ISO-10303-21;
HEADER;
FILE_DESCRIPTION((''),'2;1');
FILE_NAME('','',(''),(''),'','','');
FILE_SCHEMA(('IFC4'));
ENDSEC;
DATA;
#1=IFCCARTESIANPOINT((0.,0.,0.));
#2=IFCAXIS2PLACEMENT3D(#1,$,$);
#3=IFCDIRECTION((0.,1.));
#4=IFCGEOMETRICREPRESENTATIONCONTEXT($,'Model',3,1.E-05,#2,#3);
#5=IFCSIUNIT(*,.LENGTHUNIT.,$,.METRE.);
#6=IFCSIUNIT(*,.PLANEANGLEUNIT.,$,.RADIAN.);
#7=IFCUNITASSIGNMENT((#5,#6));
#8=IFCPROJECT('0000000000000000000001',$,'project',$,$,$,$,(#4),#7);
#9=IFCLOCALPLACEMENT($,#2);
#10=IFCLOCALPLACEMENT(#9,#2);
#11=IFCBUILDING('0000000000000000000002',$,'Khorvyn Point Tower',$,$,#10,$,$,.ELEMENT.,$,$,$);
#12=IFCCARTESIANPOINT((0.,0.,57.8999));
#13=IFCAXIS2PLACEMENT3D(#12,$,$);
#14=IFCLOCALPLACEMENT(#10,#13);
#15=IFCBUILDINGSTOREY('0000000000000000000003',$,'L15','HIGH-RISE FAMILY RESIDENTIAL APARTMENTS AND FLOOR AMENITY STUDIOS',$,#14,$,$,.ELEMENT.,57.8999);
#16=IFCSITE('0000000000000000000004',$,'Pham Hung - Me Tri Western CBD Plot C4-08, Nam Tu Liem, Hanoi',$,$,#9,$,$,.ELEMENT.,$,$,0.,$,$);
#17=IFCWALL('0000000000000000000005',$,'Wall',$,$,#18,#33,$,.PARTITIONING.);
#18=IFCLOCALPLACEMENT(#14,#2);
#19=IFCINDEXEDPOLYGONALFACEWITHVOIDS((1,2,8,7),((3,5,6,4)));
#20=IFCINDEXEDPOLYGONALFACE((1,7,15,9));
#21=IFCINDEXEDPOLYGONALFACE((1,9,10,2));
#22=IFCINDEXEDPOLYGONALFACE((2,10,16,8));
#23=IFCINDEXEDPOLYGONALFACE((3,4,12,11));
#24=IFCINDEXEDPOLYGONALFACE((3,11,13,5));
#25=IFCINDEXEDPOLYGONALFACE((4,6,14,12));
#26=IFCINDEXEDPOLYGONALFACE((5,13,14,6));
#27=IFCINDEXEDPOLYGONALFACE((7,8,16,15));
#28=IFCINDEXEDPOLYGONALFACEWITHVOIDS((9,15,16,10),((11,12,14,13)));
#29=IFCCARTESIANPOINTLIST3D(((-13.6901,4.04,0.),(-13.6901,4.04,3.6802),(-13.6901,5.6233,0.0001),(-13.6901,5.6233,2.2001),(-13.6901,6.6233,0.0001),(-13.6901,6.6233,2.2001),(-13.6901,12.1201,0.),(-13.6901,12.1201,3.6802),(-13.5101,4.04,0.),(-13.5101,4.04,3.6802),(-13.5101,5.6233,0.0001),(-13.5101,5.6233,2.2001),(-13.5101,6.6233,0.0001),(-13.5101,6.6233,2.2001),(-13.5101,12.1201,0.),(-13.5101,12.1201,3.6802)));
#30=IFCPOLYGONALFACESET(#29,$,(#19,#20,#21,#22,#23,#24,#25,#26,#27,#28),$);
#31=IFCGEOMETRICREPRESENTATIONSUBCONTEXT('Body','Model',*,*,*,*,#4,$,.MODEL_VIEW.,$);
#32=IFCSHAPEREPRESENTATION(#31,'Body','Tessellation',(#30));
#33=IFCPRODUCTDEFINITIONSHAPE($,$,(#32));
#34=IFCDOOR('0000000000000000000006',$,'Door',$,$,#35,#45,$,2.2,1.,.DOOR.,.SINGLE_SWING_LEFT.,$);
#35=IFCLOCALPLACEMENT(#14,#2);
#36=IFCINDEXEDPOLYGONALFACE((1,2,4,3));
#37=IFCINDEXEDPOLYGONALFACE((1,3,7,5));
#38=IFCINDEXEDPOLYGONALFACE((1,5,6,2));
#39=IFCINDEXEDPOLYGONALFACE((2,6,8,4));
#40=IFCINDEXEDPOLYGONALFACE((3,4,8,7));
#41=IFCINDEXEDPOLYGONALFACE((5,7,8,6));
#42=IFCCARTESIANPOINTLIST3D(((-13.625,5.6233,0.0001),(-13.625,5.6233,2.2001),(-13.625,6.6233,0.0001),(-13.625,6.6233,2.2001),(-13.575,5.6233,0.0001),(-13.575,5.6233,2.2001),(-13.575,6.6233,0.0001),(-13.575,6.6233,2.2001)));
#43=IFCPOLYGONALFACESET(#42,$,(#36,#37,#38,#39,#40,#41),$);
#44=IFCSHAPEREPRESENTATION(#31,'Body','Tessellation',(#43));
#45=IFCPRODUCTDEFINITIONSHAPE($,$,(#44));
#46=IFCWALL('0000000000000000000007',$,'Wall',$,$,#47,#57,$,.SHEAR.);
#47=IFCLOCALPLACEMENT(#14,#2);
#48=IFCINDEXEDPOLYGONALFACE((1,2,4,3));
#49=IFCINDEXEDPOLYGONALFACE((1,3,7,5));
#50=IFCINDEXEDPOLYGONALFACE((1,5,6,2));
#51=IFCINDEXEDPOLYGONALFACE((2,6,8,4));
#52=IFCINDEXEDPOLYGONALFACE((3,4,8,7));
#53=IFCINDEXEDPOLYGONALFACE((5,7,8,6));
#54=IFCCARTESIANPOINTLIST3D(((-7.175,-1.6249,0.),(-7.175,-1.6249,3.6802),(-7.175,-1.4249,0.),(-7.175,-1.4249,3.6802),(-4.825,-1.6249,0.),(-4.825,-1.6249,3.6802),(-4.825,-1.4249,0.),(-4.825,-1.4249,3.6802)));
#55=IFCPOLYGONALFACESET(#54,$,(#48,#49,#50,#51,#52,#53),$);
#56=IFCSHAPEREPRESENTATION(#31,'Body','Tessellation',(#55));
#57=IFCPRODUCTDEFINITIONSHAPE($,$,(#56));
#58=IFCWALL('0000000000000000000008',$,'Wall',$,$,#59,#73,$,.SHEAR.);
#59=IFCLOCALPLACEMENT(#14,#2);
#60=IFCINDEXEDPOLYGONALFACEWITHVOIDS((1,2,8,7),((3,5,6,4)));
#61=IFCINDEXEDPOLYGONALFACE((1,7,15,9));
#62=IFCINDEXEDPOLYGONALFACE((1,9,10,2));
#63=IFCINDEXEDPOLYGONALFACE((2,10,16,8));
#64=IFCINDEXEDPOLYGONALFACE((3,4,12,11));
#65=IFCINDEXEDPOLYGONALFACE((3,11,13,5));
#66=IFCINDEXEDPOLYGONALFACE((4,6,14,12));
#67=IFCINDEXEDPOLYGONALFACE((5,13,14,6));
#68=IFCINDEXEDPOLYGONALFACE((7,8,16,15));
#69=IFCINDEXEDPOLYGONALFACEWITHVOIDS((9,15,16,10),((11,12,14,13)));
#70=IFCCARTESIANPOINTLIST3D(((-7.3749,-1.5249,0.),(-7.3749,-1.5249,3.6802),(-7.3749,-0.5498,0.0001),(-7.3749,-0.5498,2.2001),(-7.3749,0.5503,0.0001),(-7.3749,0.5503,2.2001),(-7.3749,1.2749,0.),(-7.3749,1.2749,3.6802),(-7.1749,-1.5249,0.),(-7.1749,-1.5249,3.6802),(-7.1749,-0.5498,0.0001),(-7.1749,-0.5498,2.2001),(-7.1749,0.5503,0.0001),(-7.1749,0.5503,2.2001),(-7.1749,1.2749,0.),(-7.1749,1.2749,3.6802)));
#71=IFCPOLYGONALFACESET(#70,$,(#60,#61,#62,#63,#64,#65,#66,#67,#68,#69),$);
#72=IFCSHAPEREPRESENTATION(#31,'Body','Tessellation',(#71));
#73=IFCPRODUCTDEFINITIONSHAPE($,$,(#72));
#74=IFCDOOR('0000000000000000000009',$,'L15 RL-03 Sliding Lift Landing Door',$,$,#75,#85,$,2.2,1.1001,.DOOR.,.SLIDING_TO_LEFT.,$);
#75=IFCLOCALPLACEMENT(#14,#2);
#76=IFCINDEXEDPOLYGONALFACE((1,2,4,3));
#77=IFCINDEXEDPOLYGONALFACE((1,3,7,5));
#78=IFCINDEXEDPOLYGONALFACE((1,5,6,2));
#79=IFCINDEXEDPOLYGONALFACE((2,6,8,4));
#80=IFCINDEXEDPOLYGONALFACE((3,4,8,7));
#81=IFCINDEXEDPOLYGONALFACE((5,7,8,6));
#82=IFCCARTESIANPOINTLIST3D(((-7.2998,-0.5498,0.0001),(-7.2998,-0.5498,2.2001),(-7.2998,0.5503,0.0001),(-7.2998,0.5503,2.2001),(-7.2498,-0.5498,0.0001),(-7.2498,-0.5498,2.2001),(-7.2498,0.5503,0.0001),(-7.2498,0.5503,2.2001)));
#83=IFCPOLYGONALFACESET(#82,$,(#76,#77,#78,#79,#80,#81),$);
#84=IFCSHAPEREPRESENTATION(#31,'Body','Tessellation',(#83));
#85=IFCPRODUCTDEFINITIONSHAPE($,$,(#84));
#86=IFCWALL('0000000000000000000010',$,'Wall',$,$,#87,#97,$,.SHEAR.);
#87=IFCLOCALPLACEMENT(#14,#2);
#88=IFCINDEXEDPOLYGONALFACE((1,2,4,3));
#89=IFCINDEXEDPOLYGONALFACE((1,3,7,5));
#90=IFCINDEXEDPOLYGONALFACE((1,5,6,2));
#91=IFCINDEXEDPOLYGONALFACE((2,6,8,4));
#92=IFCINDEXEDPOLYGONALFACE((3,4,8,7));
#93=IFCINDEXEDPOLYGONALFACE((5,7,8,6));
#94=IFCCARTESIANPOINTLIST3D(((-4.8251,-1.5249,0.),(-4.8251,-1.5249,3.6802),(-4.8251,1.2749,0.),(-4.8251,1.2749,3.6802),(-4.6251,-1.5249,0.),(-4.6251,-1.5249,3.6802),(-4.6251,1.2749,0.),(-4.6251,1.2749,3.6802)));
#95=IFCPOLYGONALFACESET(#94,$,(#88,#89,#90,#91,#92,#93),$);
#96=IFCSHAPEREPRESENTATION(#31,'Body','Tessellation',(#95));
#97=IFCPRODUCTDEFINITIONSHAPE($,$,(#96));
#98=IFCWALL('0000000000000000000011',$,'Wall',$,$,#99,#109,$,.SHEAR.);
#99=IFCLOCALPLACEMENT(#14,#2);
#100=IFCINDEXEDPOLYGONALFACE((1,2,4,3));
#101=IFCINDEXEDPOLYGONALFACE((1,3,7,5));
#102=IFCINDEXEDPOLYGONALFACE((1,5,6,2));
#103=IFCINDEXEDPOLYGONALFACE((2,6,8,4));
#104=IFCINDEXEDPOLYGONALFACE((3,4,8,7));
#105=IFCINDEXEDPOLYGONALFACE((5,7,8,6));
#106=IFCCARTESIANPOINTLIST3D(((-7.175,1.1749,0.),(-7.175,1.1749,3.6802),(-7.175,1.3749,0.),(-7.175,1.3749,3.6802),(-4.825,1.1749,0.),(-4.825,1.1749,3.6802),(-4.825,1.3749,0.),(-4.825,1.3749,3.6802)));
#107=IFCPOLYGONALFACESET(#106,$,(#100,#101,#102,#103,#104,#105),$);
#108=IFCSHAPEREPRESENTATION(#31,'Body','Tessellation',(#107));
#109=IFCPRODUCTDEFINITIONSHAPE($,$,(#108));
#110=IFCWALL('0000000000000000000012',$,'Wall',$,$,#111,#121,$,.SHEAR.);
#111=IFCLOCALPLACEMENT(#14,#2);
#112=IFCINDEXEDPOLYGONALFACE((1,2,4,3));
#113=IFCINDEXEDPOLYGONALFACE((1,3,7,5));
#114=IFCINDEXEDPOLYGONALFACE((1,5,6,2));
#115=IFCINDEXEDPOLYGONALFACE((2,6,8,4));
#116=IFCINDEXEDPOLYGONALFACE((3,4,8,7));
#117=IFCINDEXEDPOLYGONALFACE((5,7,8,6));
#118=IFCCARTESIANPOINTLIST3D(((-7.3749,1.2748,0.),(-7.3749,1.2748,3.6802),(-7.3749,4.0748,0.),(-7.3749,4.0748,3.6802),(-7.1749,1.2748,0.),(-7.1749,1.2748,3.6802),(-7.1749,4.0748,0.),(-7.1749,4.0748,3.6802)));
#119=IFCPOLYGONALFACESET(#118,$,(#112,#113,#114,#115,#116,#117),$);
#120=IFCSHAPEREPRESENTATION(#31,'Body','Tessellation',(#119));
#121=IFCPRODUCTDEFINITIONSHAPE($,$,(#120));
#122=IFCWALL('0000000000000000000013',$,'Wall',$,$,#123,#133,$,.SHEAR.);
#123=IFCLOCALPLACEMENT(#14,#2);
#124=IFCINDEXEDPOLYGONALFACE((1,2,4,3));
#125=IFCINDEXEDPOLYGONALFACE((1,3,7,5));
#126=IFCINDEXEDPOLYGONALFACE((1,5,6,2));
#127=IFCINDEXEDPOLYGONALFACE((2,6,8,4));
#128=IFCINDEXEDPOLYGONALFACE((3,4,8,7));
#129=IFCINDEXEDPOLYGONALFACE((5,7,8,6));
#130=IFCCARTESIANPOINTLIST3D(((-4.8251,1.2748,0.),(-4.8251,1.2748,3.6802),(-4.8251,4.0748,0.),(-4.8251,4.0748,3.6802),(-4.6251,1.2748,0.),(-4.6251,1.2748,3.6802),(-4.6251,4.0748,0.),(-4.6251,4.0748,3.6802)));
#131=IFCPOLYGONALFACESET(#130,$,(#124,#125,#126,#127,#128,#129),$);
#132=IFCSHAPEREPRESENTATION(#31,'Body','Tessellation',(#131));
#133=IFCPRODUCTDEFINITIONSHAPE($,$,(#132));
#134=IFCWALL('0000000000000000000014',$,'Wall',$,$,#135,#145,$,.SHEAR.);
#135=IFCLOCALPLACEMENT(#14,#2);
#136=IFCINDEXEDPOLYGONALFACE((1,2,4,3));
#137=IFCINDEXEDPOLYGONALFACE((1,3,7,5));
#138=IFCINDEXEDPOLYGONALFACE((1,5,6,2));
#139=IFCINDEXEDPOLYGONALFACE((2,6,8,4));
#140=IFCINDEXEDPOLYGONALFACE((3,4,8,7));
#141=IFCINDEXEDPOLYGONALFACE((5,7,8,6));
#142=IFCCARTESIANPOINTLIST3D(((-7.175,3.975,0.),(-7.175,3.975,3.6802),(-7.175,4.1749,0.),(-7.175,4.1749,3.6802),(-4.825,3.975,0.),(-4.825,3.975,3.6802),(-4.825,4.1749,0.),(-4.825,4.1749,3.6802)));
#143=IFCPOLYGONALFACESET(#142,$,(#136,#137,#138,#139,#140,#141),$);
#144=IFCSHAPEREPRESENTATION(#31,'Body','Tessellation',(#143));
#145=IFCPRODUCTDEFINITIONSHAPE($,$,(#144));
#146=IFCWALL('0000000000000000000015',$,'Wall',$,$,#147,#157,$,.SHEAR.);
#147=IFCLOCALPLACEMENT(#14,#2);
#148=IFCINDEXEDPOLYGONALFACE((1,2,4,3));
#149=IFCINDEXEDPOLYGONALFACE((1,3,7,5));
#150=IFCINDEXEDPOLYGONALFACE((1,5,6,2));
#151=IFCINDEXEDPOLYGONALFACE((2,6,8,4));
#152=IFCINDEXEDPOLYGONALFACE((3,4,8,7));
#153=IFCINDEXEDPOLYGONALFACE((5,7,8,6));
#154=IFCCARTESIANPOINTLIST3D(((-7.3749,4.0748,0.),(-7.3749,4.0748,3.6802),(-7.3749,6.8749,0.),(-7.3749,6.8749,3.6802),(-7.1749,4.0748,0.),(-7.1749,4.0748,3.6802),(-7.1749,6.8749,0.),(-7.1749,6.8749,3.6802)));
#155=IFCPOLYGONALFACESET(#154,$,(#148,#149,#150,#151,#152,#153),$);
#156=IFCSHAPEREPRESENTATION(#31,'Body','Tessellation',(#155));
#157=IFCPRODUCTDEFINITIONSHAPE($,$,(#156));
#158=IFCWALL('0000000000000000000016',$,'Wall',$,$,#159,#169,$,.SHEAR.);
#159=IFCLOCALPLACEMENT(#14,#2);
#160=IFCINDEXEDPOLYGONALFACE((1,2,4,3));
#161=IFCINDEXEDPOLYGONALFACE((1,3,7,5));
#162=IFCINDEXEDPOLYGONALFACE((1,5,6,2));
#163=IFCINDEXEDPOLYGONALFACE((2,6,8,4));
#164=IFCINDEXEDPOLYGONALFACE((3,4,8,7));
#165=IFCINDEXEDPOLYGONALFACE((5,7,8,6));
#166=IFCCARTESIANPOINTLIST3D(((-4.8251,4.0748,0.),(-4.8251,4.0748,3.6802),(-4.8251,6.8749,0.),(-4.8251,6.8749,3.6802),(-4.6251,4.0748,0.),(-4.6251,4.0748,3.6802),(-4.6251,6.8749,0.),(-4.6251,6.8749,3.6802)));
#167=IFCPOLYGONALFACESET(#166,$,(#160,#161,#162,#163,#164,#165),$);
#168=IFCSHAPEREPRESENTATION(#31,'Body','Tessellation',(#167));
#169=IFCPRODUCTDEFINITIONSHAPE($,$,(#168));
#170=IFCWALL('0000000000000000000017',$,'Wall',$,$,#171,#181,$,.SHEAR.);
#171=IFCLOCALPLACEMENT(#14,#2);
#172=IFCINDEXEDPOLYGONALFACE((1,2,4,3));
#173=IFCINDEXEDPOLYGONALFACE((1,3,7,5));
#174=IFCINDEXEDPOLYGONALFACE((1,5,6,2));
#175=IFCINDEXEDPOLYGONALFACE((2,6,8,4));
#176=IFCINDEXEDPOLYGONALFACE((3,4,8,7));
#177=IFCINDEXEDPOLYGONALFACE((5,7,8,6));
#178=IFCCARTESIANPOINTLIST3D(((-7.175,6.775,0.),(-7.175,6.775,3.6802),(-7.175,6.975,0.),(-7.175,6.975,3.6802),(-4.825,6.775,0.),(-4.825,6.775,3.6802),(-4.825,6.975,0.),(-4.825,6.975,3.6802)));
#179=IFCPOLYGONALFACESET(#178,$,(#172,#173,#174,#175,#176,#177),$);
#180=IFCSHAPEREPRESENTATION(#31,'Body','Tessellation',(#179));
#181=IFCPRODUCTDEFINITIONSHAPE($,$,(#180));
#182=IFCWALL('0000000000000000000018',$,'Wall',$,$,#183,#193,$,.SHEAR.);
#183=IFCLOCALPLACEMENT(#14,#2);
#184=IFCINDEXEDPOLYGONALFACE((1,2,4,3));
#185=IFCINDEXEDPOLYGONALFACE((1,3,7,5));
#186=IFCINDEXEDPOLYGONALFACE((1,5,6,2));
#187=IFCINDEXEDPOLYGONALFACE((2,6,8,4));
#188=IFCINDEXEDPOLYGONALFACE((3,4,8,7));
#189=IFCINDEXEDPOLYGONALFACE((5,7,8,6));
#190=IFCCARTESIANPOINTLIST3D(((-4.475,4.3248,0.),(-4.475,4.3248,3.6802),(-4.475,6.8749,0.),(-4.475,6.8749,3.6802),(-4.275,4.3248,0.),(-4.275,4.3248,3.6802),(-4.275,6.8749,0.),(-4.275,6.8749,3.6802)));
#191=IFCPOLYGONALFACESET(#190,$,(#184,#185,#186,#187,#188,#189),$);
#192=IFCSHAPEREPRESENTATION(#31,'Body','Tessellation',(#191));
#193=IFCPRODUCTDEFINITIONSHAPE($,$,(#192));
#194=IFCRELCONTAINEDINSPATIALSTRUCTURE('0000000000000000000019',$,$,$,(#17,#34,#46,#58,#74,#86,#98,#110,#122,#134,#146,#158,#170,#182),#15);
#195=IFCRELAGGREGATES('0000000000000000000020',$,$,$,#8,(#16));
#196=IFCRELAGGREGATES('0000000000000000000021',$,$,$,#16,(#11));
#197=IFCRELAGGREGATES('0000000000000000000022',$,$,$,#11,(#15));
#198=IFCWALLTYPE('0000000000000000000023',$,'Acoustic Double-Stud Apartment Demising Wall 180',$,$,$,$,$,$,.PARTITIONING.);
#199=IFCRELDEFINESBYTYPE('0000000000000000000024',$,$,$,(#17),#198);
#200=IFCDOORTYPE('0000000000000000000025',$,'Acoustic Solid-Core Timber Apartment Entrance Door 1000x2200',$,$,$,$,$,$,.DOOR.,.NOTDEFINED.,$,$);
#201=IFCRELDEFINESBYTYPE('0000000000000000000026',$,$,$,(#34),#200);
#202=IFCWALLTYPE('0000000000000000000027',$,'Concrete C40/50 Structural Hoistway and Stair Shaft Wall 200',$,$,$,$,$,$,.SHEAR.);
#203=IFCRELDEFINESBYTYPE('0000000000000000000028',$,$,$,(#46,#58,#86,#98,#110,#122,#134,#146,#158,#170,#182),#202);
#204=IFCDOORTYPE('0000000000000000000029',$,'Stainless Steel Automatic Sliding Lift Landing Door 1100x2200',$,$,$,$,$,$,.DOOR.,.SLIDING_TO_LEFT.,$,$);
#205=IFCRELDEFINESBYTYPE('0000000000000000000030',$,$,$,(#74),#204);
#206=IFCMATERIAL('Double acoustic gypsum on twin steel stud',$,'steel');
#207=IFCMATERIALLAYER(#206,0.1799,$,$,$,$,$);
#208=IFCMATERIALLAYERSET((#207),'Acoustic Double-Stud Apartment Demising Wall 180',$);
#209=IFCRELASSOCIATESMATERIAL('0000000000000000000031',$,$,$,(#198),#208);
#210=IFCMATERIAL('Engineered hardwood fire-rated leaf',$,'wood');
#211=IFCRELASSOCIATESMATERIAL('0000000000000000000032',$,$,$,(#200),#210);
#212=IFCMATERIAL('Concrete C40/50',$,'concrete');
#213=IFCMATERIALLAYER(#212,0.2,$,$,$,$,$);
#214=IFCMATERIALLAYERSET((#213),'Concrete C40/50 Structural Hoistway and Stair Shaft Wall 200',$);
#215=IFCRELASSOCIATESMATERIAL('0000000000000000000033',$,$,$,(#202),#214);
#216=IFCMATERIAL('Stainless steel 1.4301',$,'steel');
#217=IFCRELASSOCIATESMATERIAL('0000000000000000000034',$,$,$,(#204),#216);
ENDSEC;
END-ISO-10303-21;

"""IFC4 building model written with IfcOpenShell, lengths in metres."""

from ifc_helpers import new_model, si_unit, direction, frame, frame_2d, origin, place, context, subcontext, project, spatial, rectangle, extrude, material, layer, layer_set, type_object, element, fill, save


model = new_model("IFC4")

# Units and contexts
model_context = context("Model", 3, precision=1e-05, world=origin(), true_north=direction((0.0, 1.0)))
body_context = subcontext(model_context, "Body", "Model", "MODEL_VIEW")
ifc_project = project(units=[si_unit("LENGTHUNIT", "METRE"), si_unit("PLANEANGLEUNIT", "RADIAN")], contexts=[model_context])

# Site, building, storey
site_placement = place(None, origin())
site = spatial("IfcSite", under=ifc_project, at=site_placement, Name="Pham Hung - Me Tri Western CBD Plot C4-08, Nam Tu Liem, Hanoi", CompositionType="ELEMENT", RefElevation=0.0)
building_placement = place(site_placement, origin())
building = spatial("IfcBuilding", under=site, at=building_placement, Name="Khorvyn Point Tower", CompositionType="ELEMENT")
storey_placement = place(building_placement, frame((0.0, 0.0, 57.8999)))
storey = spatial("IfcBuildingStorey", under=building, at=storey_placement, Name="L15", Description="HIGH-RISE FAMILY RESIDENTIAL APARTMENTS AND FLOOR AMENITY STUDIOS", CompositionType="ELEMENT", Elevation=57.8999)

# Shared definitions
ifc_material_1 = material(Name="Concrete C40/50", Category="concrete")

# Wall, opening, door
ifc_material_2 = material(Name="Double acoustic gypsum on twin steel stud", Category="steel")
ifc_layer_1 = layer(ifc_material_2, 0.1799)
ifc_layer_set_1 = layer_set([ifc_layer_1], Name="Acoustic Double-Stud Apartment Demising Wall 180")
wall_type_1 = type_object("IfcWallType", Name="Acoustic Double-Stud Apartment Demising Wall 180", PredefinedType="PARTITIONING", material=ifc_layer_set_1)
ifc_material_3 = material(Name="Engineered hardwood fire-rated leaf", Category="wood")
door_type_1 = type_object("IfcDoorType", Name="Acoustic Solid-Core Timber Apartment Entrance Door 1000x2200", OperationType="NOTDEFINED", PredefinedType="DOOR", material=ifc_material_3)
wall_1_placement = place(storey_placement, frame((-13.6001, 4.04, 0.0), z_axis=(0.0, 0.0, 1.0), x_axis=(0.0, 1.0, 0.0)))
wall_1 = element("IfcWall", 1, at=wall_1_placement, inside=storey, type_object=wall_type_1, Name="Wall", PredefinedType="PARTITIONING", context=body_context, shape_type="SweptSolid", body=[
    extrude(rectangle(XDim=8.0801, YDim=0.1799, at=frame_2d((4.04, 0.0))), origin(), (0.0, 0.0, 1.0), 3.6802),
])
opening_1_placement = place(wall_1_placement, frame((1.5833, 0.0, 0.0)))
opening_1 = element("IfcOpeningElement", 2, at=opening_1_placement, cuts=wall_1, PredefinedType="OPENING", context=body_context, shape_type="SweptSolid", body=[
    extrude(rectangle(XDim=1.0, YDim=2.2, at=frame_2d((0.5, 1.1001))), frame((0.0, 0.0999, 0.0), z_axis=(0.0, -1.0, 0.0), x_axis=(1.0, 0.0, 0.0)), (0.0, 0.0, 1.0), 0.2),
])
door_1_placement = place(opening_1_placement, origin())
door_1 = element("IfcDoor", 3, at=door_1_placement, inside=storey, type_object=door_type_1, Name="Door", OperationType="SINGLE_SWING_LEFT", OverallHeight=2.2, OverallWidth=1.0, PredefinedType="DOOR", context=body_context, shape_type="SweptSolid", body=[
    extrude(rectangle(XDim=1.0, YDim=2.2, at=frame_2d((0.5, 1.1001))), frame((0.0, 0.0249, 0.0), z_axis=(0.0, -1.0, 0.0), x_axis=(1.0, 0.0, 0.0)), (0.0, 0.0, 1.0), 0.05),
])
fill(opening_1, door_1)

# Wall
ifc_layer_2 = layer(ifc_material_1, 0.2)
ifc_layer_set_2 = layer_set([ifc_layer_2], Name="Concrete C40/50 Structural Hoistway and Stair Shaft Wall 200")
wall_type_2 = type_object("IfcWallType", Name="Concrete C40/50 Structural Hoistway and Stair Shaft Wall 200", PredefinedType="SHEAR", material=ifc_layer_set_2)
wall_2_placement = place(storey_placement, frame((-7.175, -1.5249, 0.0), z_axis=(0.0, 0.0, 1.0), x_axis=(1.0, 0.0, 0.0)))
element("IfcWall", 4, at=wall_2_placement, inside=storey, type_object=wall_type_2, Name="Wall", PredefinedType="SHEAR", context=body_context, shape_type="SweptSolid", body=[
    extrude(rectangle(XDim=2.3501, YDim=0.2, at=frame_2d((1.175, 0.0))), origin(), (0.0, 0.0, 1.0), 3.6802),
])

# Wall, opening, door
wall_3_placement = place(storey_placement, frame((-7.2749, -1.5249, 0.0), z_axis=(0.0, 0.0, 1.0), x_axis=(0.0, 1.0, 0.0)))
wall_3 = element("IfcWall", 5, at=wall_3_placement, inside=storey, type_object=wall_type_2, Name="Wall", PredefinedType="SHEAR", context=body_context, shape_type="SweptSolid", body=[
    extrude(rectangle(XDim=2.7998, YDim=0.2, at=frame_2d((1.3999, 0.0))), origin(), (0.0, 0.0, 1.0), 3.6802),
])
opening_2_placement = place(wall_3_placement, frame((0.9751, 0.0, 0.0)))
opening_2 = element("IfcOpeningElement", 6, at=opening_2_placement, cuts=wall_3, PredefinedType="OPENING", context=body_context, shape_type="SweptSolid", body=[
    extrude(rectangle(XDim=1.1001, YDim=2.2, at=frame_2d((0.55, 1.1001))), frame((0.0, 0.1099, 0.0), z_axis=(0.0, -1.0, 0.0), x_axis=(1.0, 0.0, 0.0)), (0.0, 0.0, 1.0), 0.22),
])
ifc_material_4 = material(Name="Stainless steel 1.4301", Category="steel")
door_type_2 = type_object("IfcDoorType", Name="Stainless Steel Automatic Sliding Lift Landing Door 1100x2200", OperationType="SLIDING_TO_LEFT", PredefinedType="DOOR", material=ifc_material_4)
door_2_placement = place(opening_2_placement, origin())
door_2 = element("IfcDoor", 7, at=door_2_placement, inside=storey, type_object=door_type_2, Name="L15 RL-03 Sliding Lift Landing Door", OperationType="SLIDING_TO_LEFT", OverallHeight=2.2, OverallWidth=1.1001, PredefinedType="DOOR", context=body_context, shape_type="SweptSolid", body=[
    extrude(rectangle(XDim=1.1001, YDim=2.2, at=frame_2d((0.55, 1.1001))), frame((0.0, 0.0249, 0.0), z_axis=(0.0, -1.0, 0.0), x_axis=(1.0, 0.0, 0.0)), (0.0, 0.0, 1.0), 0.05),
])
fill(opening_2, door_2)

# Walls
wall_4_placement = place(storey_placement, frame((-4.7251, -1.5249, 0.0), z_axis=(0.0, 0.0, 1.0), x_axis=(0.0, 1.0, 0.0)))
element("IfcWall", 8, at=wall_4_placement, inside=storey, type_object=wall_type_2, Name="Wall", PredefinedType="SHEAR", context=body_context, shape_type="SweptSolid", body=[
    extrude(rectangle(XDim=2.7998, YDim=0.2, at=frame_2d((1.3999, 0.0))), origin(), (0.0, 0.0, 1.0), 3.6802),
])
wall_5_placement = place(storey_placement, frame((-7.175, 1.2749, 0.0), z_axis=(0.0, 0.0, 1.0), x_axis=(1.0, 0.0, 0.0)))
element("IfcWall", 9, at=wall_5_placement, inside=storey, type_object=wall_type_2, Name="Wall", PredefinedType="SHEAR", context=body_context, shape_type="SweptSolid", body=[
    extrude(rectangle(XDim=2.3501, YDim=0.2, at=frame_2d((1.175, 0.0))), origin(), (0.0, 0.0, 1.0), 3.6802),
])
for number, where, z_axis, x_axis, name in (
    (10, (-7.2749, 1.2749, 0.0), (0.0, 0.0, 1.0), (0.0, 1.0, 0.0), "Wall"),
    (11, (-4.7251, 1.2749, 0.0), (0.0, 0.0, 1.0), (0.0, 1.0, 0.0), "Wall"),
):
    element("IfcWall", number, at=place(storey_placement, frame(where, z_axis=z_axis, x_axis=x_axis)), inside=storey, type_object=wall_type_2, Name=name, PredefinedType="SHEAR", context=body_context, shape_type="SweptSolid", body=[
        extrude(rectangle(XDim=2.8, YDim=0.2, at=frame_2d((1.3999, 0.0))), origin(), (0.0, 0.0, 1.0), 3.6802),
    ])
wall_6_placement = place(storey_placement, frame((-7.175, 4.075, 0.0), z_axis=(0.0, 0.0, 1.0), x_axis=(1.0, 0.0, 0.0)))
element("IfcWall", 12, at=wall_6_placement, inside=storey, type_object=wall_type_2, Name="Wall", PredefinedType="SHEAR", context=body_context, shape_type="SweptSolid", body=[
    extrude(rectangle(XDim=2.3501, YDim=0.2, at=frame_2d((1.175, 0.0))), origin(), (0.0, 0.0, 1.0), 3.6802),
])
for number, where, z_axis, x_axis, name in (
    (13, (-7.2749, 4.075, 0.0), (0.0, 0.0, 1.0), (0.0, 1.0, 0.0), "Wall"),
    (14, (-4.7251, 4.075, 0.0), (0.0, 0.0, 1.0), (0.0, 1.0, 0.0), "Wall"),
):
    element("IfcWall", number, at=place(storey_placement, frame(where, z_axis=z_axis, x_axis=x_axis)), inside=storey, type_object=wall_type_2, Name=name, PredefinedType="SHEAR", context=body_context, shape_type="SweptSolid", body=[
        extrude(rectangle(XDim=2.8, YDim=0.2, at=frame_2d((1.3999, 0.0))), origin(), (0.0, 0.0, 1.0), 3.6802),
    ])
wall_7_placement = place(storey_placement, frame((-7.175, 6.875, 0.0), z_axis=(0.0, 0.0, 1.0), x_axis=(1.0, 0.0, 0.0)))
element("IfcWall", 15, at=wall_7_placement, inside=storey, type_object=wall_type_2, Name="Wall", PredefinedType="SHEAR", context=body_context, shape_type="SweptSolid", body=[
    extrude(rectangle(XDim=2.3501, YDim=0.2, at=frame_2d((1.175, 0.0))), origin(), (0.0, 0.0, 1.0), 3.6802),
])
wall_8_placement = place(storey_placement, frame((-4.375, 4.325, 0.0), z_axis=(0.0, 0.0, 1.0), x_axis=(0.0, 1.0, 0.0)))
element("IfcWall", 16, at=wall_8_placement, inside=storey, type_object=wall_type_2, Name="Wall", PredefinedType="SHEAR", context=body_context, shape_type="SweptSolid", body=[
    extrude(rectangle(XDim=2.55, YDim=0.2, at=frame_2d((1.2749, 0.0))), origin(), (0.0, 0.0, 1.0), 3.6802),
])

save(model, "model.ifc")
